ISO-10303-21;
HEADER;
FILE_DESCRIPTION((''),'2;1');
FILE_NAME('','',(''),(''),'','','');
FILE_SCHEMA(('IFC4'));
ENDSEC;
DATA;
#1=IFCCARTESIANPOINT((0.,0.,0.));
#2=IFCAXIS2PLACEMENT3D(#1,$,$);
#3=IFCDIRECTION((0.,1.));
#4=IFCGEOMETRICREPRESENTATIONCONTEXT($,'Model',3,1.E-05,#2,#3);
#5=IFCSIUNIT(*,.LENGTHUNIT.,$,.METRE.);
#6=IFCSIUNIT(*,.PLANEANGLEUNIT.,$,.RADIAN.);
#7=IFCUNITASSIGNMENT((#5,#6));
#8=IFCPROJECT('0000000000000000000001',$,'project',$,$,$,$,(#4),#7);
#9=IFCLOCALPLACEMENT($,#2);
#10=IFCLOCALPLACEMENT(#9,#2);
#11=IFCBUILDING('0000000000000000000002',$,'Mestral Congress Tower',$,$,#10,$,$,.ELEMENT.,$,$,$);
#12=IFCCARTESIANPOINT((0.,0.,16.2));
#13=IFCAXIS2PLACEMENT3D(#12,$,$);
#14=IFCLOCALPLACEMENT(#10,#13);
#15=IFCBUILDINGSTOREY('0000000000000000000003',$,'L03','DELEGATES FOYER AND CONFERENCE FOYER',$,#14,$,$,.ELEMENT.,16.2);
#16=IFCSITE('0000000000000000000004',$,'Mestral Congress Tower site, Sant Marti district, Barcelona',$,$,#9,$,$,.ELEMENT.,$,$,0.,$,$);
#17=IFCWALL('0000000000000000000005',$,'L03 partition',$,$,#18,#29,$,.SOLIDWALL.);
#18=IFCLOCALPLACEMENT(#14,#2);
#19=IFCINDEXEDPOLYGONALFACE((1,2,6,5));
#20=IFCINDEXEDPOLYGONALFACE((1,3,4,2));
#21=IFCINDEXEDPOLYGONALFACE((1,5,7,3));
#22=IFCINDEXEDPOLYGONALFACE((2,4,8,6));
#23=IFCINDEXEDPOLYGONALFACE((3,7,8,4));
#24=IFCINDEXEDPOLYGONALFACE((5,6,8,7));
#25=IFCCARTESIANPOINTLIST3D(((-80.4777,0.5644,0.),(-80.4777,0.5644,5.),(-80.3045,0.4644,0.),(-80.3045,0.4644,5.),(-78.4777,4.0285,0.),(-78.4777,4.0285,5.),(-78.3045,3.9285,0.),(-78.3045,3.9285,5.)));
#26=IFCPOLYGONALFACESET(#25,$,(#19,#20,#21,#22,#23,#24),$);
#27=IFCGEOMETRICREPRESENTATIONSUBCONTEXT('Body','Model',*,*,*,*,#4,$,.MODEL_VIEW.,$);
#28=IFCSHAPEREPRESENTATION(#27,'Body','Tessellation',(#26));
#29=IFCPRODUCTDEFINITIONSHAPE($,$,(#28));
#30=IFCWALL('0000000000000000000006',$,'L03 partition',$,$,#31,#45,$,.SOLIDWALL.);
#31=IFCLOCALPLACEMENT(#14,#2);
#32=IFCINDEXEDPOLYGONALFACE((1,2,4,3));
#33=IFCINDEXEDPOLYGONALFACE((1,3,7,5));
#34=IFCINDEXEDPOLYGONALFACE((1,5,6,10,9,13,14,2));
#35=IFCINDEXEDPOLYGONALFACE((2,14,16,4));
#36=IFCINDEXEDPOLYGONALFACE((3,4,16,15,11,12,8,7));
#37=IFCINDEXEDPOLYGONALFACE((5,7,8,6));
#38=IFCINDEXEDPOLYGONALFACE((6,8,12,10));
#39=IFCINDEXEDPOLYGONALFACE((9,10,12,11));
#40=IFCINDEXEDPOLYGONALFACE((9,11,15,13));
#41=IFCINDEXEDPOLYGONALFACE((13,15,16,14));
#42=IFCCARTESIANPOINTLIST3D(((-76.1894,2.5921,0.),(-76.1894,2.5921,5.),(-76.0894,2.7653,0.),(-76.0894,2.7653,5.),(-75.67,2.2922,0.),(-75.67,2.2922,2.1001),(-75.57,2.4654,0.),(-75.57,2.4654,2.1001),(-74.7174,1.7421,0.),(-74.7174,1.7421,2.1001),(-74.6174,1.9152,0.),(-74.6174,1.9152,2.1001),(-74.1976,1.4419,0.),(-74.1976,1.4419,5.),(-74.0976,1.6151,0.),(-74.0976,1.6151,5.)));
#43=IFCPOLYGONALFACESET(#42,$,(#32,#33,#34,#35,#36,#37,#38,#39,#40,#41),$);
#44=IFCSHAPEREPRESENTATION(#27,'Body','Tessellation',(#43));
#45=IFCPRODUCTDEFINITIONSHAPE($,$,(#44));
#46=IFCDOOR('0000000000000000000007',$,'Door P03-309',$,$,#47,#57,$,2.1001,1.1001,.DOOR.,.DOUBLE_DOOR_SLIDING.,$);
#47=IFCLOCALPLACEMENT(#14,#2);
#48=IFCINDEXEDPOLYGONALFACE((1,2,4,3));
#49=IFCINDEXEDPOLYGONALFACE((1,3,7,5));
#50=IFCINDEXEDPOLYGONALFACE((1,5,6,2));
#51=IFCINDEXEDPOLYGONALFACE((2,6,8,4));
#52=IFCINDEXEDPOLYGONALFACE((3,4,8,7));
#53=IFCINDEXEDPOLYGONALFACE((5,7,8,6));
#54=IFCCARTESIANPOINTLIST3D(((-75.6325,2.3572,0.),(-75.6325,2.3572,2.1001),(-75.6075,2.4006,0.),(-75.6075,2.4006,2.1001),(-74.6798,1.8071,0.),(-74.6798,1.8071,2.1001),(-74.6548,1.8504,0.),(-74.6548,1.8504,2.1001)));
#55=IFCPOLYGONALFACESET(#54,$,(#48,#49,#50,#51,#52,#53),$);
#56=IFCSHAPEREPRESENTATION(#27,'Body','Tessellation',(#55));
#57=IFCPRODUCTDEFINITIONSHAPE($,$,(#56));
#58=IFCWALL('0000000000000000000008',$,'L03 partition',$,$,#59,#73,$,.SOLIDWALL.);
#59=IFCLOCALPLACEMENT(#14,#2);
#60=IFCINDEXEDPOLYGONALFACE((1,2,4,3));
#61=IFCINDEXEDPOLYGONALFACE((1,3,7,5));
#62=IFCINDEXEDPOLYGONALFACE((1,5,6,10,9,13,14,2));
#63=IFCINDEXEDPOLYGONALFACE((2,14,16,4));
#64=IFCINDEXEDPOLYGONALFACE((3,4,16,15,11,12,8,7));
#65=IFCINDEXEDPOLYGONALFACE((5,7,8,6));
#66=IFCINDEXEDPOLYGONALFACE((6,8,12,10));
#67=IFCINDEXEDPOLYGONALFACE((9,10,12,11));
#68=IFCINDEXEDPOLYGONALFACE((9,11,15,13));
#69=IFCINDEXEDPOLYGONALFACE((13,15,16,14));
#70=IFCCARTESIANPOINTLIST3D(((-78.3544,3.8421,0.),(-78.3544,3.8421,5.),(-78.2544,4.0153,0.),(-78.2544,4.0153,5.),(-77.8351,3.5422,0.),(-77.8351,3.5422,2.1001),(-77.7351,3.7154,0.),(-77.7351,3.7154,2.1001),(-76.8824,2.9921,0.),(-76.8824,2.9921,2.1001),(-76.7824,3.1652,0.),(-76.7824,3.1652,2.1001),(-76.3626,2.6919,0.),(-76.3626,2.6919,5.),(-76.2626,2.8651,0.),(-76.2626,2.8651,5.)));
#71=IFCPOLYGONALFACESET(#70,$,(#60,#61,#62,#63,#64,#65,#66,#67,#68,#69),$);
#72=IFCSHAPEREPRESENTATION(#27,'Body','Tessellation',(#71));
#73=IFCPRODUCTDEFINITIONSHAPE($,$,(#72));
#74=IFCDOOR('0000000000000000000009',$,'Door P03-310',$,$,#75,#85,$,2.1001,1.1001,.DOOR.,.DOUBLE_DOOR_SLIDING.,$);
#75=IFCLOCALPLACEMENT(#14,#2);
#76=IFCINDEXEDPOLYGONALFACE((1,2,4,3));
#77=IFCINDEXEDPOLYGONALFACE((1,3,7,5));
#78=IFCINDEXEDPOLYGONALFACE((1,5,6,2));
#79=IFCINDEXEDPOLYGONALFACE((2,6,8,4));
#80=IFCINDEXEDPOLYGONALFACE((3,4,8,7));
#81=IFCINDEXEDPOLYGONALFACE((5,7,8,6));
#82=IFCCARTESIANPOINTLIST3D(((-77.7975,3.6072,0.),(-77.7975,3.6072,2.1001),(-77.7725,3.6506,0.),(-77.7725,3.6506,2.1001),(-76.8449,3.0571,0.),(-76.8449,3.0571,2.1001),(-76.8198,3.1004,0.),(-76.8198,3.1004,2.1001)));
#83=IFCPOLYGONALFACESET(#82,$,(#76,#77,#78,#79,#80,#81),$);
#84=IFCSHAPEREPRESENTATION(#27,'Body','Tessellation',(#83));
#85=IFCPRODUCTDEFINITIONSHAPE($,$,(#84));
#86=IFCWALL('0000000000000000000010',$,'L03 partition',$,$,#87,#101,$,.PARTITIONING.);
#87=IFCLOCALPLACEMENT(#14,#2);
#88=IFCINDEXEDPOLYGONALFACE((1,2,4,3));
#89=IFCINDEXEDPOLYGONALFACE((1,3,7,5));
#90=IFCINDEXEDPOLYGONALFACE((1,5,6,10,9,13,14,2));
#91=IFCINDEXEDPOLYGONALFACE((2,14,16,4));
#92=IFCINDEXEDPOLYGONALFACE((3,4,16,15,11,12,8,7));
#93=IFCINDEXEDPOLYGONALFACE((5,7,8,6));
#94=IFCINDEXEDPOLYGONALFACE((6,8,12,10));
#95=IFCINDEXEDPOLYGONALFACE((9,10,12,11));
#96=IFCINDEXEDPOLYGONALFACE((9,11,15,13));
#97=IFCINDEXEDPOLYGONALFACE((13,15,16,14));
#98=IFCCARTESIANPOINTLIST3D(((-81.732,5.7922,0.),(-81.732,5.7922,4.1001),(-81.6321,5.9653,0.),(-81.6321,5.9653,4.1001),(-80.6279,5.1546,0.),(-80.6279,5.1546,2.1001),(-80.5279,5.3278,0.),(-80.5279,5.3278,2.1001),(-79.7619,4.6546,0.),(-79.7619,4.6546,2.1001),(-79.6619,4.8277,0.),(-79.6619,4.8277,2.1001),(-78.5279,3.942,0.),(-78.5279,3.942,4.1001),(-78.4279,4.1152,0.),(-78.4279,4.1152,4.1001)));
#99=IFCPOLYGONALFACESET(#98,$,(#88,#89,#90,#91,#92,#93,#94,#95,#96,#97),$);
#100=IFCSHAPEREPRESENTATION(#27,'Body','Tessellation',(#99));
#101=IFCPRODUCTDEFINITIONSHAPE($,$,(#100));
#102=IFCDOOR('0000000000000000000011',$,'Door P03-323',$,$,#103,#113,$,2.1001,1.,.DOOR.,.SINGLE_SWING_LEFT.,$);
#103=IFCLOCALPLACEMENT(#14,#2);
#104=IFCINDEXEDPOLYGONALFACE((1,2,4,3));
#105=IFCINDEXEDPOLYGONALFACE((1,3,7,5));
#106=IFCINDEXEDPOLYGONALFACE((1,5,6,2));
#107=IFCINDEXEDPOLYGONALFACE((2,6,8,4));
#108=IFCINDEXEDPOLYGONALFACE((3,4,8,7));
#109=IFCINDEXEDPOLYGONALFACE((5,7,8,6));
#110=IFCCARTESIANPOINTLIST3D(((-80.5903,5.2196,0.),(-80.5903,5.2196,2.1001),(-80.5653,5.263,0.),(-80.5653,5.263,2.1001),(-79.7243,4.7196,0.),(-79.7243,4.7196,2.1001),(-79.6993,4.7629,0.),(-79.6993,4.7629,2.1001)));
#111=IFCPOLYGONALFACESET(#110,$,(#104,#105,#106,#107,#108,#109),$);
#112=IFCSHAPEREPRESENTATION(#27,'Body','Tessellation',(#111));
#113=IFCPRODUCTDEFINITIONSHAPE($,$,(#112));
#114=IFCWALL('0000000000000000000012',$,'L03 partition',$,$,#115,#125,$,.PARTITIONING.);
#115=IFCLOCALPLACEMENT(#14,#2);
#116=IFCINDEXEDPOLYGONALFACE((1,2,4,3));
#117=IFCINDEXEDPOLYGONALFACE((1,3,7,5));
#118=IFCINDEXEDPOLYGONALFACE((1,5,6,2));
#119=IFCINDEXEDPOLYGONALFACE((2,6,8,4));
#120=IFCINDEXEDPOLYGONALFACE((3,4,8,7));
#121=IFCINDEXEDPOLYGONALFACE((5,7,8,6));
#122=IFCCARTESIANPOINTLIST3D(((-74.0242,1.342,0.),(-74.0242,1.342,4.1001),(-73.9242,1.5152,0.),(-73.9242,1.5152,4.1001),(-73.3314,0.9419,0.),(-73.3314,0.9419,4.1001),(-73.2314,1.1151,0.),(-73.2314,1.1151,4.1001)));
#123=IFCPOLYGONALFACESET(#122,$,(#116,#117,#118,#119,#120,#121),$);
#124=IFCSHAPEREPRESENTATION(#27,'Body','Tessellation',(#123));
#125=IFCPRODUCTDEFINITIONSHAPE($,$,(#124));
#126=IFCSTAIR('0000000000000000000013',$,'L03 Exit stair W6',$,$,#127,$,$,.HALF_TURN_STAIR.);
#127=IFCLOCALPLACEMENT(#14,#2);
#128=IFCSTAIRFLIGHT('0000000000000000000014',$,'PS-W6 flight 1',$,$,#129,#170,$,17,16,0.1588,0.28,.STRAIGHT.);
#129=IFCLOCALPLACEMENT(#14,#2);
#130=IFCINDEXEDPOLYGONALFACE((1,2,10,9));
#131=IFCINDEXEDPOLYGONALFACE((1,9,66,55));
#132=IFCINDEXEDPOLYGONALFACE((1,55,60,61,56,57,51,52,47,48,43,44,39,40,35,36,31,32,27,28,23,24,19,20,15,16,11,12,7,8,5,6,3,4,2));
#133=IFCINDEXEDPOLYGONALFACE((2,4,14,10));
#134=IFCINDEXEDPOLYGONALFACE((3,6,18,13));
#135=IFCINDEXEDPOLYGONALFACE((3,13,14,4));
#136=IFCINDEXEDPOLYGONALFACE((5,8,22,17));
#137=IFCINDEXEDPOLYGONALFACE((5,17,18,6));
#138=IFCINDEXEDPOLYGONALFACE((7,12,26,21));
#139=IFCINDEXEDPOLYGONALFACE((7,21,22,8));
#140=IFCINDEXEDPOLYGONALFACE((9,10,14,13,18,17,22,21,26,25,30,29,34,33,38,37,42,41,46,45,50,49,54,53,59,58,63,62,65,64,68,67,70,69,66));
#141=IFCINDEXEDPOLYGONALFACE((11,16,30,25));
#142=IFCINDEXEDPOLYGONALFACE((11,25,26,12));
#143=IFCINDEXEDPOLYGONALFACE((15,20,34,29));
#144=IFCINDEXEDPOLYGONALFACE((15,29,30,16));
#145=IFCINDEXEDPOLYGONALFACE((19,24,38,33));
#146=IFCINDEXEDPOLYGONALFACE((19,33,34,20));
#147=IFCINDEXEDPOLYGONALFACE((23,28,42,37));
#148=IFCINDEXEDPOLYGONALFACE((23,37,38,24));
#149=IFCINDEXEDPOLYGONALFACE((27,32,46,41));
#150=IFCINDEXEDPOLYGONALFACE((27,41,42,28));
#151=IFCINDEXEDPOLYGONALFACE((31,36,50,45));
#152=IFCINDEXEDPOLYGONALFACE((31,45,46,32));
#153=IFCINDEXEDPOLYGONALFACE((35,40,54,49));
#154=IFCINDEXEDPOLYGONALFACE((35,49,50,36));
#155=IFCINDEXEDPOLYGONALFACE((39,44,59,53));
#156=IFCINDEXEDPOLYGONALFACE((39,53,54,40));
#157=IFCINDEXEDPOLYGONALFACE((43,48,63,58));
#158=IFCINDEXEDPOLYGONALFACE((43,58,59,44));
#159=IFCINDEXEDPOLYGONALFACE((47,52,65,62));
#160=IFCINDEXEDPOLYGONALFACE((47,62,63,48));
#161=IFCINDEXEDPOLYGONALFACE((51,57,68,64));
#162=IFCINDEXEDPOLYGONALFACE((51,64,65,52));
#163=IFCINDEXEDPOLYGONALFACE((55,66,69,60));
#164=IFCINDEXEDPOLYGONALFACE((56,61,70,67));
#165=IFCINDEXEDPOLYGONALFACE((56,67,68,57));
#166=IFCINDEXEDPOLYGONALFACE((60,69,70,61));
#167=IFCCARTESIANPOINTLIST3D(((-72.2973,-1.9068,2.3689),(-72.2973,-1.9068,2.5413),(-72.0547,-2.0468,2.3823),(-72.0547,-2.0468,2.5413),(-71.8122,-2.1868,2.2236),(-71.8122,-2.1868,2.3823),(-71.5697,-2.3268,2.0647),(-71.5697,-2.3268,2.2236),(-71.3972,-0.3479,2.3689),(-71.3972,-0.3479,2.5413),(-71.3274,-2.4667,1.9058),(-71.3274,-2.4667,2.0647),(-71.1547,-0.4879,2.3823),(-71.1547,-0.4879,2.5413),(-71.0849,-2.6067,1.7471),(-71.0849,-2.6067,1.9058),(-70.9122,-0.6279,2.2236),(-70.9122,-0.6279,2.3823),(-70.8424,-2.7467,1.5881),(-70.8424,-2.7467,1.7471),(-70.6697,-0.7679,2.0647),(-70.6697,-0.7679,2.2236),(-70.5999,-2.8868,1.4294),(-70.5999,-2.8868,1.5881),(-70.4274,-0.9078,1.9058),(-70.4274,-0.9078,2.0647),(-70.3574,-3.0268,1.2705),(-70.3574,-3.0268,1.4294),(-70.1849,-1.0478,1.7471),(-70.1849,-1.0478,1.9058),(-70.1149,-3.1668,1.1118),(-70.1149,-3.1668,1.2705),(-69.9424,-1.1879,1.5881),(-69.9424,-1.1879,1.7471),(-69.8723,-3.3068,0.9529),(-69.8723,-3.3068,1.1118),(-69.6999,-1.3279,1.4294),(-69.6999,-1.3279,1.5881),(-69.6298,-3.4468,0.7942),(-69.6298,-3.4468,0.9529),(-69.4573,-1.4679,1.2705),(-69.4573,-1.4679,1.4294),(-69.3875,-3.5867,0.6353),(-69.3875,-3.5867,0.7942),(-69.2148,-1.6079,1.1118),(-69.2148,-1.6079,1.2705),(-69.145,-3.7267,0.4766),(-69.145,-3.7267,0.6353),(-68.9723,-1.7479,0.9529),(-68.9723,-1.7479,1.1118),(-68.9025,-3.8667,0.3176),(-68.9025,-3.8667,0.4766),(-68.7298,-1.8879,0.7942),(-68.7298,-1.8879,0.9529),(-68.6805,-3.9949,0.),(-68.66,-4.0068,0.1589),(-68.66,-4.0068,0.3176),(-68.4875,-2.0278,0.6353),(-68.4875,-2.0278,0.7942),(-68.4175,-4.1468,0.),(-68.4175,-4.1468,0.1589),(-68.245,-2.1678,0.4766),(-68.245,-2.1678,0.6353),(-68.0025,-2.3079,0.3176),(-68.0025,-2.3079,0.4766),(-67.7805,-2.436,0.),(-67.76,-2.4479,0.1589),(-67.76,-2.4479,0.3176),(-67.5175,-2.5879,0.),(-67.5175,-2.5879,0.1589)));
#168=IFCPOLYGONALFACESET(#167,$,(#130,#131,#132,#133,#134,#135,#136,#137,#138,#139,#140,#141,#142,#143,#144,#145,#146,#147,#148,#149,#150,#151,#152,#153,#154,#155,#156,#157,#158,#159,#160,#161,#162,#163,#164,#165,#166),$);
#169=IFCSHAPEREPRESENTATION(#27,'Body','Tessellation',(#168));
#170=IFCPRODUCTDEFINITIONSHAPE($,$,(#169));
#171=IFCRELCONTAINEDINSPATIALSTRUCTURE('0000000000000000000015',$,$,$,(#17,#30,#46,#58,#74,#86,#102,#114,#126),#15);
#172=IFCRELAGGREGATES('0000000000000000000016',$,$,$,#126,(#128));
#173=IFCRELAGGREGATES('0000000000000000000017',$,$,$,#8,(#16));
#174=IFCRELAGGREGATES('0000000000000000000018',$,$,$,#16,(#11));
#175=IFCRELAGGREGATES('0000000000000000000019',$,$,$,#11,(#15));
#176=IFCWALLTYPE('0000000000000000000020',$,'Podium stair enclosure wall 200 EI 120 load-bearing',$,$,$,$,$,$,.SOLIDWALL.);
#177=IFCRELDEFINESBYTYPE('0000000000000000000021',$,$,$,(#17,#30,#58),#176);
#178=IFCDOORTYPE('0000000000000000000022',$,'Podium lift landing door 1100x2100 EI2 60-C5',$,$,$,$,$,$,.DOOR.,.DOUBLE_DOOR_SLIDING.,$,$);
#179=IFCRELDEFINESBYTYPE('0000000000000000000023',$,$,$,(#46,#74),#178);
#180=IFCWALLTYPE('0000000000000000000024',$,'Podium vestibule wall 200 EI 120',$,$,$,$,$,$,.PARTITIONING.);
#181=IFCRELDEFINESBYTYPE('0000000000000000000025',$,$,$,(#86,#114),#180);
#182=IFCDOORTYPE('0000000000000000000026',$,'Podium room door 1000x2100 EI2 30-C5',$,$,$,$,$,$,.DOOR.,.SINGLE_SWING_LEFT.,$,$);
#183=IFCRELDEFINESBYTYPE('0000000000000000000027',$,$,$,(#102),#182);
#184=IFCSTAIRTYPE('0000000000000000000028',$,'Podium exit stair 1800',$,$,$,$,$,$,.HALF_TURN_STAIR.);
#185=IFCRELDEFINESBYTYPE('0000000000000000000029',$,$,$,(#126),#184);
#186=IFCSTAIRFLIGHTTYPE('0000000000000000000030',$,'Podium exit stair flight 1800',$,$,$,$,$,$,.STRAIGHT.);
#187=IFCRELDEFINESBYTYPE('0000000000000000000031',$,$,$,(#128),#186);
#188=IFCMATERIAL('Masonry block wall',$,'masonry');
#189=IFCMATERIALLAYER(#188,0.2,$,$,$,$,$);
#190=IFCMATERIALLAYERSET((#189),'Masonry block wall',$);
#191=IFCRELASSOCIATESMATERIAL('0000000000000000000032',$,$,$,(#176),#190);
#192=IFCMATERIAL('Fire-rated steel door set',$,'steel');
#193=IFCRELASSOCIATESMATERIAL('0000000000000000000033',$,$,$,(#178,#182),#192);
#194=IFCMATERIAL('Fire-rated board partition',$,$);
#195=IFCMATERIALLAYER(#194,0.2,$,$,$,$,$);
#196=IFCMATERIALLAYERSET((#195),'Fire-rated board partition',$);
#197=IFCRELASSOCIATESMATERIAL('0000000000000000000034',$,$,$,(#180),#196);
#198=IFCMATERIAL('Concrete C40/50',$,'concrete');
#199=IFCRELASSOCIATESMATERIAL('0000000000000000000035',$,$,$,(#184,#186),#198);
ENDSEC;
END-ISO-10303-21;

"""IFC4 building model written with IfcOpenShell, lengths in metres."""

from ifc_helpers import new_model, si_unit, direction, frame, frame_2d, origin, place, context, subcontext, project, spatial, polyline, rectangle, outline, extrude, material, layer, layer_set, type_object, element, fill, aggregate, save


model = new_model("IFC4")

# Units and contexts
model_context = context("Model", 3, precision=1e-05, world=origin(), true_north=direction((0.0, 1.0)))
body_context = subcontext(model_context, "Body", "Model", "MODEL_VIEW")
ifc_project = project(units=[si_unit("LENGTHUNIT", "METRE"), si_unit("PLANEANGLEUNIT", "RADIAN")], contexts=[model_context])

# Site, building, storey
site_placement = place(None, origin())
site = spatial("IfcSite", under=ifc_project, at=site_placement, Name="Mestral Congress Tower site, Sant Marti district, Barcelona", CompositionType="ELEMENT", RefElevation=0.0)
building_placement = place(site_placement, origin())
building = spatial("IfcBuilding", under=site, at=building_placement, Name="Mestral Congress Tower", CompositionType="ELEMENT")
storey_placement = place(building_placement, frame((0.0, 0.0, 16.2)))
storey = spatial("IfcBuildingStorey", under=building, at=storey_placement, Name="L03", Description="DELEGATES FOYER AND CONFERENCE FOYER", CompositionType="ELEMENT", Elevation=16.2)

# Wall
ifc_material_1 = material(Name="Masonry block wall", Category="masonry")
ifc_layer_1 = layer(ifc_material_1, 0.2)
ifc_layer_set_1 = layer_set([ifc_layer_1], Name="Masonry block wall")
wall_type_1 = type_object("IfcWallType", Name="Podium stair enclosure wall 200 EI 120 load-bearing", PredefinedType="SOLIDWALL", material=ifc_layer_set_1)
for number, where, z_axis, x_axis, name in (
    (1, (-78.3911, 3.9785, 0.0), (0.0, 0.0, 1.0), (-0.499999, -0.866026, 0.0), "L03 partition"),
):
    element("IfcWall", number, at=place(storey_placement, frame(where, z_axis=z_axis, x_axis=x_axis)), inside=storey, type_object=wall_type_1, Name=name, PredefinedType="SOLIDWALL", context=body_context, shape_type="SweptSolid", body=[
        extrude(rectangle(XDim=4.0, YDim=0.2, at=frame_2d((2.0, 0.0))), origin(), (0.0, 0.0, 1.0), 5.0),
    ])

# Walls, openings, doors
wall_1_placement = place(storey_placement, frame((-74.1477, 1.5286, 0.0), z_axis=(0.0, 0.0, 1.0), x_axis=(-0.865981, 0.500078, 0.0)))
wall_1 = element("IfcWall", 2, at=wall_1_placement, inside=storey, type_object=wall_type_1, Name="L03 partition", PredefinedType="SOLIDWALL", context=body_context, shape_type="SweptSolid", body=[
    extrude(rectangle(XDim=2.3, YDim=0.2, at=frame_2d((1.1499, 0.0))), origin(), (0.0, 0.0, 1.0), 5.0),
])
opening_1_placement = place(wall_1_placement, frame((0.6001, 0.0, 0.0)))
opening_1 = element("IfcOpeningElement", 3, at=opening_1_placement, cuts=wall_1, PredefinedType="OPENING", context=body_context, shape_type="SweptSolid", body=[
    extrude(rectangle(XDim=1.1001, YDim=2.1001, at=frame_2d((0.55, 1.05))), frame((0.0, 0.1099, 0.0), z_axis=(0.0, -1.0, 0.0), x_axis=(1.0, 0.0, 0.0)), (0.0, 0.0, 1.0), 0.22),
])
ifc_material_2 = material(Name="Fire-rated steel door set", Category="steel")
door_type_1 = type_object("IfcDoorType", Name="Podium lift landing door 1100x2100 EI2 60-C5", OperationType="DOUBLE_DOOR_SLIDING", PredefinedType="DOOR", material=ifc_material_2)
door_1_placement = place(opening_1_placement, origin())
door_1 = element("IfcDoor", 4, at=door_1_placement, inside=storey, type_object=door_type_1, Name="Door P03-309", OperationType="DOUBLE_DOOR_SLIDING", OverallHeight=2.1001, OverallWidth=1.1001, PredefinedType="DOOR", context=body_context, shape_type="SweptSolid", body=[
    extrude(rectangle(XDim=1.1001, YDim=2.1001, at=frame_2d((0.55, 1.05))), frame((0.0, 0.0249, 0.0), z_axis=(0.0, -1.0, 0.0), x_axis=(1.0, 0.0, 0.0)), (0.0, 0.0, 1.0), 0.05),
])
fill(opening_1, door_1)
wall_2_placement = place(storey_placement, frame((-76.3127, 2.7786, 0.0), z_axis=(0.0, 0.0, 1.0), x_axis=(-0.865981, 0.500078, 0.0)))
wall_2 = element("IfcWall", 5, at=wall_2_placement, inside=storey, type_object=wall_type_1, Name="L03 partition", PredefinedType="SOLIDWALL", context=body_context, shape_type="SweptSolid", body=[
    extrude(rectangle(XDim=2.3, YDim=0.2, at=frame_2d((1.1499, 0.0))), origin(), (0.0, 0.0, 1.0), 5.0),
])
opening_2_placement = place(wall_2_placement, frame((0.6001, 0.0, 0.0)))
opening_2 = element("IfcOpeningElement", 6, at=opening_2_placement, cuts=wall_2, PredefinedType="OPENING", context=body_context, shape_type="SweptSolid", body=[
    extrude(rectangle(XDim=1.1001, YDim=2.1001, at=frame_2d((0.55, 1.05))), frame((0.0, 0.1099, 0.0), z_axis=(0.0, -1.0, 0.0), x_axis=(1.0, 0.0, 0.0)), (0.0, 0.0, 1.0), 0.22),
])
door_2_placement = place(opening_2_placement, origin())
door_2 = element("IfcDoor", 7, at=door_2_placement, inside=storey, type_object=door_type_1, Name="Door P03-310", OperationType="DOUBLE_DOOR_SLIDING", OverallHeight=2.1001, OverallWidth=1.1001, PredefinedType="DOOR", context=body_context, shape_type="SweptSolid", body=[
    extrude(rectangle(XDim=1.1001, YDim=2.1001, at=frame_2d((0.55, 1.05))), frame((0.0, 0.0249, 0.0), z_axis=(0.0, -1.0, 0.0), x_axis=(1.0, 0.0, 0.0)), (0.0, 0.0, 1.0), 0.05),
])
fill(opening_2, door_2)
ifc_material_3 = material(Name="Fire-rated board partition")
ifc_layer_2 = layer(ifc_material_3, 0.2)
ifc_layer_set_2 = layer_set([ifc_layer_2], Name="Fire-rated board partition")
wall_type_2 = type_object("IfcWallType", Name="Podium vestibule wall 200 EI 120", PredefinedType="PARTITIONING", material=ifc_layer_set_2)
wall_3_placement = place(storey_placement, frame((-78.4778, 4.0286, 0.0), z_axis=(0.0, 0.0, 1.0), x_axis=(-0.866001, 0.500042, 0.0)))
wall_3 = element("IfcWall", 8, at=wall_3_placement, inside=storey, type_object=wall_type_2, Name="L03 partition", PredefinedType="PARTITIONING", context=body_context, shape_type="SweptSolid", body=[
    extrude(rectangle(XDim=3.7, YDim=0.2, at=frame_2d((1.8501, 0.0))), origin(), (0.0, 0.0, 1.0), 4.1001),
])
opening_3_placement = place(wall_3_placement, frame((1.425, 0.0, 0.0)))
opening_3 = element("IfcOpeningElement", 9, at=opening_3_placement, cuts=wall_3, PredefinedType="OPENING", context=body_context, shape_type="SweptSolid", body=[
    extrude(rectangle(XDim=1.0, YDim=2.1001, at=frame_2d((0.5, 1.05))), frame((0.0, 0.1099, 0.0), z_axis=(0.0, -1.0, 0.0), x_axis=(1.0, 0.0, 0.0)), (0.0, 0.0, 1.0), 0.22),
])
door_type_2 = type_object("IfcDoorType", Name="Podium room door 1000x2100 EI2 30-C5", OperationType="SINGLE_SWING_LEFT", PredefinedType="DOOR", material=ifc_material_2)
door_3_placement = place(opening_3_placement, origin())
door_3 = element("IfcDoor", 10, at=door_3_placement, inside=storey, type_object=door_type_2, Name="Door P03-323", OperationType="SINGLE_SWING_LEFT", OverallHeight=2.1001, OverallWidth=1.0, PredefinedType="DOOR", context=body_context, shape_type="SweptSolid", body=[
    extrude(rectangle(XDim=1.0, YDim=2.1001, at=frame_2d((0.5, 1.05))), frame((0.0, 0.0249, 0.0), z_axis=(0.0, -1.0, 0.0), x_axis=(1.0, 0.0, 0.0)), (0.0, 0.0, 1.0), 0.05),
])
fill(opening_3, door_3)

# Wall
wall_4_placement = place(storey_placement, frame((-73.2815, 1.0286, 0.0), z_axis=(0.0, 0.0, 1.0), x_axis=(-0.865962, 0.50011, 0.0)))
element("IfcWall", 11, at=wall_4_placement, inside=storey, type_object=wall_type_2, Name="L03 partition", PredefinedType="PARTITIONING", context=body_context, shape_type="SweptSolid", body=[
    extrude(rectangle(XDim=0.8, YDim=0.2, at=frame_2d((0.3999, 0.0))), origin(), (0.0, 0.0, 1.0), 4.1001),
])

# Stair, stair flight
ifc_material_4 = material(Name="Concrete C40/50", Category="concrete")
stair_type = type_object("IfcStairType", Name="Podium exit stair 1800", PredefinedType="HALF_TURN_STAIR", material=ifc_material_4)
stair_placement = place(storey_placement, origin())
stair = element("IfcStair", 12, at=stair_placement, inside=storey, type_object=stair_type, Name="L03 Exit stair W6", PredefinedType="HALF_TURN_STAIR")
stair_flight_type = type_object("IfcStairFlightType", Name="Podium exit stair flight 1800", PredefinedType="STRAIGHT", material=ifc_material_4)
stair_flight_1_placement = place(storey_placement, frame((-67.9675, -3.3674, 0.0), z_axis=(0.0, 0.0, 1.0), x_axis=(-0.866025, 0.5, 0.0)))
stair_flight_1 = element("IfcStairFlight", 13, at=stair_flight_1_placement, type_object=stair_flight_type, Name="PS-W6 flight 1", NumberOfRisers=17, NumberOfTreads=16, PredefinedType="STRAIGHT", RiserHeight=0.1588, TreadLength=0.28, context=body_context, shape_type="SweptSolid", body=[
    extrude(outline(polyline([(0.0, 0.0), (0.0, 0.1589), (0.28, 0.1589), (0.28, 0.3176), (0.5601, 0.3176), (0.5601, 0.4766), (0.8401, 0.4766), (0.8401, 0.6353), (1.1201, 0.6353), (1.1201, 0.7942), (1.3999, 0.7942), (1.3999, 0.9529), (1.6799, 0.9529), (1.6799, 1.1118), (1.96, 1.1118), (1.96, 1.2705), (2.24, 1.2705), (2.24, 1.4294), (2.52, 1.4294), (2.52, 1.5881), (2.8, 1.5881), (2.8, 1.7471), (3.0801, 1.7471), (3.0801, 1.9058), (3.3601, 1.9058), (3.3601, 2.0647), (3.6399, 2.0647), (3.6399, 2.2236), (3.9199, 2.2236), (3.9199, 2.3823), (4.2, 2.3823), (4.2, 2.5413), (4.48, 2.5413), (4.48, 2.7), (4.48, 2.3689), (0.3037, 0.0), (0.0, 0.0)])), frame((0.0, 0.8999, 0.0), z_axis=(0.0, -1.0, 0.0), x_axis=(1.0, 0.0, 0.0)), (0.0, 0.0, 1.0), 1.8),
])
aggregate(stair, [stair_flight_1])

save(model, "model.ifc")
